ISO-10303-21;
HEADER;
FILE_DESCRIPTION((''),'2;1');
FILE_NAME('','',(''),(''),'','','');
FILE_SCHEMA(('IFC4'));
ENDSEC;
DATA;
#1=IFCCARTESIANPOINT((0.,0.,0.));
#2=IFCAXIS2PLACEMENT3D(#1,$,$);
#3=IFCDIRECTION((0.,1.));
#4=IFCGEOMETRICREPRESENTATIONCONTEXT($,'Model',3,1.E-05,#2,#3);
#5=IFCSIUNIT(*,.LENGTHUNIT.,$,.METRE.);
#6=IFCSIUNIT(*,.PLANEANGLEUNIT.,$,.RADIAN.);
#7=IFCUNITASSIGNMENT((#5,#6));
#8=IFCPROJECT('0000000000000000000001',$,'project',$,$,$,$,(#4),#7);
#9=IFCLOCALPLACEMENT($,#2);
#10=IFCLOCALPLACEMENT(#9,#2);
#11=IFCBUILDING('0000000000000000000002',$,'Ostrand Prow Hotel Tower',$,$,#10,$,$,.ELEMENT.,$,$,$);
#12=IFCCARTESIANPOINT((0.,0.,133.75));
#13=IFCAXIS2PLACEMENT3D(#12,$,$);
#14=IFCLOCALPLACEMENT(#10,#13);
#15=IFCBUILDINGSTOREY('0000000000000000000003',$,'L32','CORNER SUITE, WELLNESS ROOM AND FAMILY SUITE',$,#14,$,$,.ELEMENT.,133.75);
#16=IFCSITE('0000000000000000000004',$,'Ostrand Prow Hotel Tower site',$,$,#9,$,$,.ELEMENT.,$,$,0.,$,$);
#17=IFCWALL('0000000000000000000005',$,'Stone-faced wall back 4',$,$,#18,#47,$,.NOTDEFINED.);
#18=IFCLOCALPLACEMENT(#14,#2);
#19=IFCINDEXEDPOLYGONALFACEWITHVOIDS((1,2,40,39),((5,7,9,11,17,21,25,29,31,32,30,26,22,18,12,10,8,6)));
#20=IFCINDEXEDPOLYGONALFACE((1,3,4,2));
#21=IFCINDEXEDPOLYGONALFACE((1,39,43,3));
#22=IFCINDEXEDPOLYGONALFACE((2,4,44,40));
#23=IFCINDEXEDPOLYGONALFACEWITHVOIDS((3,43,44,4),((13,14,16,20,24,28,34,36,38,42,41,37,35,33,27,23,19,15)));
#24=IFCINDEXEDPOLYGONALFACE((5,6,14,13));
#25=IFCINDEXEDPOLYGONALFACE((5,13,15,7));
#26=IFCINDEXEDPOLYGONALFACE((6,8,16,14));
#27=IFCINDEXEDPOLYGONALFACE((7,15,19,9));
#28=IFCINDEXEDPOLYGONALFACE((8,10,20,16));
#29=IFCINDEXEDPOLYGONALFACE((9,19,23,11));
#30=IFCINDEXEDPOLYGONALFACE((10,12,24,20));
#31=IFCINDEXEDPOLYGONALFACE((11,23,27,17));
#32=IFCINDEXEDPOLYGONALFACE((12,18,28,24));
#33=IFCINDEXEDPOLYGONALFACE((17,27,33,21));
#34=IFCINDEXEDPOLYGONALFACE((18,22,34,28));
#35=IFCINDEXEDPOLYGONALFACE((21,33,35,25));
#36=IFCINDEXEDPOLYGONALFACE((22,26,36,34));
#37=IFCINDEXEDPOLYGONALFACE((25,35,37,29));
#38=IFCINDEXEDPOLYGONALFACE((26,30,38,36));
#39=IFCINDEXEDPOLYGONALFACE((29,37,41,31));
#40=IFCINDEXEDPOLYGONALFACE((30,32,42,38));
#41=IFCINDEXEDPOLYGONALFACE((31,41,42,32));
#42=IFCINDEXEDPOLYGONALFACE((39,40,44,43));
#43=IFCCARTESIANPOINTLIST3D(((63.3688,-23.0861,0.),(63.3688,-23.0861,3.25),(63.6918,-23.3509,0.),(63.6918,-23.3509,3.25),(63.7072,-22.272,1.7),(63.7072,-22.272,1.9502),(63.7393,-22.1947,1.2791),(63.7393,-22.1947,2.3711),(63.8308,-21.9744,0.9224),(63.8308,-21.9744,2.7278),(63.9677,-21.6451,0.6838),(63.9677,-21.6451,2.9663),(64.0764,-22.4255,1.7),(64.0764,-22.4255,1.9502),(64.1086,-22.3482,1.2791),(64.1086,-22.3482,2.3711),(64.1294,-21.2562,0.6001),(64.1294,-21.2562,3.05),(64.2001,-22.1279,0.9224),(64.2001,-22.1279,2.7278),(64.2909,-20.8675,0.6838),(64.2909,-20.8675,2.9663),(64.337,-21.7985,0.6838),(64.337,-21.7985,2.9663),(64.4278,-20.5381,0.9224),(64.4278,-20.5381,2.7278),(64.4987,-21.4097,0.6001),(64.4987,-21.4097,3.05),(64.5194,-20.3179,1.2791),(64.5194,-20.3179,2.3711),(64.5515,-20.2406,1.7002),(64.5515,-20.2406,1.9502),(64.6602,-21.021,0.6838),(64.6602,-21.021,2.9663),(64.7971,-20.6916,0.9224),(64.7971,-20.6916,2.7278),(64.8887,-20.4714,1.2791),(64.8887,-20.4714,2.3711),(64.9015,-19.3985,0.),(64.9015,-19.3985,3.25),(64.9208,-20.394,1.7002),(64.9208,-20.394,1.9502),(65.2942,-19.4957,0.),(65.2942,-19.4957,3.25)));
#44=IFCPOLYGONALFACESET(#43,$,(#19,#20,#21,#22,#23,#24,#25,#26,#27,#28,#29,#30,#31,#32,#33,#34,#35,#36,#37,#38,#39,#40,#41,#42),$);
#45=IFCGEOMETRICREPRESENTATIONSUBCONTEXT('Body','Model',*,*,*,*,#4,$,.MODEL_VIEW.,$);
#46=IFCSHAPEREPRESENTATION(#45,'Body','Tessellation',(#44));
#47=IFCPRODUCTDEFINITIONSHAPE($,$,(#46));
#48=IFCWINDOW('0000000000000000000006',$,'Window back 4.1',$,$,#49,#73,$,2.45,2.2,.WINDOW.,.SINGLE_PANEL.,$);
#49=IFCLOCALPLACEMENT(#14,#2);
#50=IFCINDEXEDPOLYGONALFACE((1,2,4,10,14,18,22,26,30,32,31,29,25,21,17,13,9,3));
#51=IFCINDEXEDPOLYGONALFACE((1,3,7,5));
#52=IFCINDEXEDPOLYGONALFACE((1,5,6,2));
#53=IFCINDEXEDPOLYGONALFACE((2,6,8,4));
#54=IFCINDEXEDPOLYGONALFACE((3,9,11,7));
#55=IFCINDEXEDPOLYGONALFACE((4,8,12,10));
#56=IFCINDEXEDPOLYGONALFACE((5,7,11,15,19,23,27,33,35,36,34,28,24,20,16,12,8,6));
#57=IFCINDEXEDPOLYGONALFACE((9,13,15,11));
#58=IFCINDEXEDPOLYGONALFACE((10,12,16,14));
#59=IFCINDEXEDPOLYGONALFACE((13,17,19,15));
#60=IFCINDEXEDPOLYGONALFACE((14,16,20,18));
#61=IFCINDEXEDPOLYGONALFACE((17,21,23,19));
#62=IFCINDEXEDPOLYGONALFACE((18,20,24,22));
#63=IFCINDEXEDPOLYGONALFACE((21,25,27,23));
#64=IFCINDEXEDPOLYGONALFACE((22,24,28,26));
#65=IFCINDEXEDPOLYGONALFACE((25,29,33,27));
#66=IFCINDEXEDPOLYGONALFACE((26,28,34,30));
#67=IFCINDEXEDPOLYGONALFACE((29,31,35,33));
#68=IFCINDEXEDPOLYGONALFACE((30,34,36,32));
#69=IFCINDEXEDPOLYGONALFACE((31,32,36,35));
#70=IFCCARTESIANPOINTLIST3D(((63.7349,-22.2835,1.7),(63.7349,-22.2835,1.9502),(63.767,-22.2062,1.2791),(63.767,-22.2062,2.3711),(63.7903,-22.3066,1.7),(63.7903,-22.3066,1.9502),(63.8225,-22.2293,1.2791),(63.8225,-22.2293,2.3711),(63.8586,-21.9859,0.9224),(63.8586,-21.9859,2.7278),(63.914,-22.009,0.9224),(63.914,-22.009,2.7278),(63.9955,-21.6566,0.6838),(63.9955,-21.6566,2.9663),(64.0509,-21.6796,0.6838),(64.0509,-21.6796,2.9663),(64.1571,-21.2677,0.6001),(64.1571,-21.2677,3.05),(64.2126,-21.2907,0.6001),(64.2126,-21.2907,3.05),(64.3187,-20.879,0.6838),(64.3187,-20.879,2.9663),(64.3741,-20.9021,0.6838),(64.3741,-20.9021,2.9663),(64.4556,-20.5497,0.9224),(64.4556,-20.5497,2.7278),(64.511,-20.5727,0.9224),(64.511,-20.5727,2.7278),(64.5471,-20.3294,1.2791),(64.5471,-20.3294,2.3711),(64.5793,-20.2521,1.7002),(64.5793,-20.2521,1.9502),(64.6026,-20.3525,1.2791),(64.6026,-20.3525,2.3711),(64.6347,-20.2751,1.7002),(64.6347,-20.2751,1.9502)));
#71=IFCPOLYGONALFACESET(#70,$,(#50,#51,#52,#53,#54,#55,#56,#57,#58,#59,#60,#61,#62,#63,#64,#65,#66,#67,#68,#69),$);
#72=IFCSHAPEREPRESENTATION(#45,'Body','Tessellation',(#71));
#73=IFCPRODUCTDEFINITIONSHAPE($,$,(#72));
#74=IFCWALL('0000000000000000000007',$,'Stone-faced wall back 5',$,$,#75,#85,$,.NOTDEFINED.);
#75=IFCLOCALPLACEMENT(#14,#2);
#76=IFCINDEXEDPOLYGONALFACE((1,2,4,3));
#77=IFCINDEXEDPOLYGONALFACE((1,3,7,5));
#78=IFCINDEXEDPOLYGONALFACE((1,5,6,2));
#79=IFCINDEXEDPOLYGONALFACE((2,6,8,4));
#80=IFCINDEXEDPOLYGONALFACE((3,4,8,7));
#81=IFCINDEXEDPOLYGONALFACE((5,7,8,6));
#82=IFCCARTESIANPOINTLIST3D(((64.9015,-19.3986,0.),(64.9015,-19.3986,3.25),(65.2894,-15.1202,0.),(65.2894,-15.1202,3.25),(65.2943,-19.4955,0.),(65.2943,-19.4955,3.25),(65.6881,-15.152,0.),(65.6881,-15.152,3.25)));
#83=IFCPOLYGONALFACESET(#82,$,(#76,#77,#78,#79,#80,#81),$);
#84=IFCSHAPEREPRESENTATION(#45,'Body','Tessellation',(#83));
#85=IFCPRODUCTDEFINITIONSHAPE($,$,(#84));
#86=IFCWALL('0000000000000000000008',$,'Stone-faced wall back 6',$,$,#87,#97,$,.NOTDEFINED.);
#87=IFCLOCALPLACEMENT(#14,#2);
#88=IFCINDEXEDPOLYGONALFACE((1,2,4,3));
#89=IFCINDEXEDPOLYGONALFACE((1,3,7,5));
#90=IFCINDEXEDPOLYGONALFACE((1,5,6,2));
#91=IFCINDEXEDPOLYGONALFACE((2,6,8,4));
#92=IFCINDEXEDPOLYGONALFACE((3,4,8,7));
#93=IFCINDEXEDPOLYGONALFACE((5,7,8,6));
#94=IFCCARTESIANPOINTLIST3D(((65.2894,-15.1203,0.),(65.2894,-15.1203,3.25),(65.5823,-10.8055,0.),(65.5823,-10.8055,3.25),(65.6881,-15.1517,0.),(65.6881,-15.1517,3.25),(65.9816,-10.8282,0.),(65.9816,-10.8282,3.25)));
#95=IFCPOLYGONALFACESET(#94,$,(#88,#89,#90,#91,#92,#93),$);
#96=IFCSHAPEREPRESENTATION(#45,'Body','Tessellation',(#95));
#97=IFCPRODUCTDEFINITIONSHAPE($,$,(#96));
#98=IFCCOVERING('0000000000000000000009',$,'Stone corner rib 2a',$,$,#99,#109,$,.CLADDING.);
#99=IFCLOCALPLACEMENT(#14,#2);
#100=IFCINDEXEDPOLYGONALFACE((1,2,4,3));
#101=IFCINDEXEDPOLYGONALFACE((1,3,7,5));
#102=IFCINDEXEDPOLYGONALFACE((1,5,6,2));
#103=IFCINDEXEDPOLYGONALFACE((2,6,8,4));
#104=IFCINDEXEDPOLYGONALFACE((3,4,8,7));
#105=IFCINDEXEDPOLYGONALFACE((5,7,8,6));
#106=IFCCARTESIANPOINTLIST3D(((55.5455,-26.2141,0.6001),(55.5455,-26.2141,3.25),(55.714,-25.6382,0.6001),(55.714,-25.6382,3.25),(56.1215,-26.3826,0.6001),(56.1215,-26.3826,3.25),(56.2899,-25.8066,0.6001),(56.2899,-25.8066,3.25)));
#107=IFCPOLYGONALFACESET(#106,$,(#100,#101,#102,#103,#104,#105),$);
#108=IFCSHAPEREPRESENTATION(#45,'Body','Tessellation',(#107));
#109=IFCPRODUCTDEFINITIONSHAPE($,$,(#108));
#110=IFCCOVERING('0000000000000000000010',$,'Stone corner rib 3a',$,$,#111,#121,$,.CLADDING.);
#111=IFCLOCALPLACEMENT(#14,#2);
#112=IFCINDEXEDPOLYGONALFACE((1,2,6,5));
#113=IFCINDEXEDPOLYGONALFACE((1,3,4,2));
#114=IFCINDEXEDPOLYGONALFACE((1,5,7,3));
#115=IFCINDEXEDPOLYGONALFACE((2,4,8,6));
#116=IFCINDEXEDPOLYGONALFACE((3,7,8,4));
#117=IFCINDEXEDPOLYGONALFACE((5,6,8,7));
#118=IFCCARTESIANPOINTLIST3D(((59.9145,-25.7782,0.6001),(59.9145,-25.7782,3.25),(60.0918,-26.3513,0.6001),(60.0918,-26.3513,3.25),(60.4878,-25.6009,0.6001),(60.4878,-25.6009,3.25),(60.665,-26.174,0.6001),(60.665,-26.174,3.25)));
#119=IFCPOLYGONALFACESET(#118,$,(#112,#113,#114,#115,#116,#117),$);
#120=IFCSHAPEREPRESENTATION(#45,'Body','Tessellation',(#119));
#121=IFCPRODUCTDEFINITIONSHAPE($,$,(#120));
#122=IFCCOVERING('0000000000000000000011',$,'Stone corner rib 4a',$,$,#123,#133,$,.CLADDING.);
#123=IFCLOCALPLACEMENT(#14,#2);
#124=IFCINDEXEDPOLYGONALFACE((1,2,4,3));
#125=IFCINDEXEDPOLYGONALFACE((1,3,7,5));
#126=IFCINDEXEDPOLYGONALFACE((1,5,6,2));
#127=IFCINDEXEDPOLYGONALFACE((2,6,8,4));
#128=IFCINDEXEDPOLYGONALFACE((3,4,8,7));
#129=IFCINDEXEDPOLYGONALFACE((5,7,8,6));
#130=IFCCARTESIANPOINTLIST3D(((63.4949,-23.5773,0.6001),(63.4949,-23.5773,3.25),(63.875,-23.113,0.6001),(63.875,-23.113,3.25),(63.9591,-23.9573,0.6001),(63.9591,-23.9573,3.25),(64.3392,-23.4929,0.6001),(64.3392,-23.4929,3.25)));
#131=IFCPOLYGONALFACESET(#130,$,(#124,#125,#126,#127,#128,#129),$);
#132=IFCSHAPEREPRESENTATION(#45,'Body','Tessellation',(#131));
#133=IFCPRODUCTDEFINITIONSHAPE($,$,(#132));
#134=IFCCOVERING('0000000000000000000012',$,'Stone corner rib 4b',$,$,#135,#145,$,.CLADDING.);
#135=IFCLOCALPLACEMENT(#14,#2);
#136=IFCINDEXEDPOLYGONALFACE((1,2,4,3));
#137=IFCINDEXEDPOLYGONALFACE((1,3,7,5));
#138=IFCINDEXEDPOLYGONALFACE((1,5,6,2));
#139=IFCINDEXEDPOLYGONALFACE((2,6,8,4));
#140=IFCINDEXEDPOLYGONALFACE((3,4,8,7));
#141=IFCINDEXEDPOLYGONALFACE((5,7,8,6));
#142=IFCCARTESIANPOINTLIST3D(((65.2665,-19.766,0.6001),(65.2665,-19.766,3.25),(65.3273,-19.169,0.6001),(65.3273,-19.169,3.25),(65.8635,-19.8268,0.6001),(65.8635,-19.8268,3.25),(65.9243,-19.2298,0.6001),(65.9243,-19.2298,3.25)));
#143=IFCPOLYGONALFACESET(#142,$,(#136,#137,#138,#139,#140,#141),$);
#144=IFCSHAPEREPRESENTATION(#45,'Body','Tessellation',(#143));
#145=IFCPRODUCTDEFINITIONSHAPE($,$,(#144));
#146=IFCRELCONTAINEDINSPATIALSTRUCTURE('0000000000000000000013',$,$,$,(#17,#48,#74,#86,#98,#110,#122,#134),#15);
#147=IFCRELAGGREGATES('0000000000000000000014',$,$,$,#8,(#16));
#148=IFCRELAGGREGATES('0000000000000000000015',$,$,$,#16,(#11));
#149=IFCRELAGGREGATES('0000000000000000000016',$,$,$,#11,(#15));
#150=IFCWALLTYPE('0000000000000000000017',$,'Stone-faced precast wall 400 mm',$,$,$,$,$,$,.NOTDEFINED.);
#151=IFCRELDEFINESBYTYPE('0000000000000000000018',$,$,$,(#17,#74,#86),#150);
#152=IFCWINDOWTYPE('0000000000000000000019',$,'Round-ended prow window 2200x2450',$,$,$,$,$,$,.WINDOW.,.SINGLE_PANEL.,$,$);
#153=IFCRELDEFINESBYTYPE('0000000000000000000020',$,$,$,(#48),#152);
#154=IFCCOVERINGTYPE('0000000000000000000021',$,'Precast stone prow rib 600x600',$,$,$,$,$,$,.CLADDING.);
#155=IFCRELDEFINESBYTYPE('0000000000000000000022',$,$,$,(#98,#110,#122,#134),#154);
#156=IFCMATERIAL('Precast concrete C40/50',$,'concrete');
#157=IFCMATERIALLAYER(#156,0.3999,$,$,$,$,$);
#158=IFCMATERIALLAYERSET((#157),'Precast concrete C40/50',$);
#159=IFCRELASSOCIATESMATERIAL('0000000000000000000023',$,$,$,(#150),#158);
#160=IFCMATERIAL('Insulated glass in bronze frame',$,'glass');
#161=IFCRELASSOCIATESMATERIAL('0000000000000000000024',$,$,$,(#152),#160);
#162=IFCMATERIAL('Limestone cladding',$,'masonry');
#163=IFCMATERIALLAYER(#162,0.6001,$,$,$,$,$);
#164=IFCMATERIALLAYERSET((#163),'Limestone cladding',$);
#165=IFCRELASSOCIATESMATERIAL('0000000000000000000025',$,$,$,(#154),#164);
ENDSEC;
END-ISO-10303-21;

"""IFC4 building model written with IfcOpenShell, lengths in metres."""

from ifc_helpers import new_model, si_unit, direction, frame, frame_2d, origin, place, context, subcontext, project, spatial, polyline, rectangle, outline, extrude, material, layer, layer_set, type_object, element, fill, save


model = new_model("IFC4")

# Units and contexts
model_context = context("Model", 3, precision=1e-05, world=origin(), true_north=direction((0.0, 1.0)))
body_context = subcontext(model_context, "Body", "Model", "MODEL_VIEW")
ifc_project = project(units=[si_unit("LENGTHUNIT", "METRE"), si_unit("PLANEANGLEUNIT", "RADIAN")], contexts=[model_context])

# Site, building, storey
site_placement = place(None, origin())
site = spatial("IfcSite", under=ifc_project, at=site_placement, Name="Ostrand Prow Hotel Tower site", CompositionType="ELEMENT", RefElevation=0.0)
building_placement = place(site_placement, origin())
building = spatial("IfcBuilding", under=site, at=building_placement, Name="Ostrand Prow Hotel Tower", CompositionType="ELEMENT")
storey_placement = place(building_placement, frame((0.0, 0.0, 133.75)))
storey = spatial("IfcBuildingStorey", under=building, at=storey_placement, Name="L32", Description="CORNER SUITE, WELLNESS ROOM AND FAMILY SUITE", CompositionType="ELEMENT", Elevation=133.75)

# Wall, opening, window
ifc_material_1 = material(Name="Precast concrete C40/50", Category="concrete")
ifc_layer_1 = layer(ifc_material_1, 0.3999)
ifc_layer_set_1 = layer_set([ifc_layer_1], Name="Precast concrete C40/50")
wall_type_1 = type_object("IfcWallType", Name="Stone-faced precast wall 400 mm", PredefinedType="NOTDEFINED", material=ifc_layer_set_1)
ifc_material_2 = material(Name="Insulated glass in bronze frame", Category="glass")
window_type = type_object("IfcWindowType", Name="Round-ended prow window 2200x2450", PartitioningType="SINGLE_PANEL", PredefinedType="WINDOW", material=ifc_material_2)
wall_1_placement = place(storey_placement, frame((63.5303, -23.2185, 0.0), z_axis=(0.0, 0.0, 1.0), x_axis=(0.383817, 0.923409, 0.0)))
wall_1 = element("IfcWall", 1, at=wall_1_placement, inside=storey, type_object=wall_type_1, Name="Stone-faced wall back 4", PredefinedType="NOTDEFINED", context=body_context, shape_type="SweptSolid", body=[
    extrude(outline(polyline([(-0.0603, -0.2), (4.1147, -0.2), (4.0537, 0.2), (0.0603, 0.2), (-0.0603, -0.2)])), origin(), (0.0, 0.0, 1.0), 3.25),
])
opening_1_placement = place(wall_1_placement, frame((0.9419, 0.0, 0.6001)))
opening_1 = element("IfcOpeningElement", 2, at=opening_1_placement, cuts=wall_1, PredefinedType="OPENING", context=body_context, shape_type="SweptSolid", body=[
    extrude(outline(polyline([(0.0, 1.3501), (0.0837, 1.771), (0.3223, 2.1277), (0.679, 2.3662), (1.1001, 2.45), (1.521, 2.3662), (1.8777, 2.1277), (2.1162, 1.771), (2.2, 1.3501), (2.2, 1.1001), (2.1162, 0.679), (1.8777, 0.3223), (1.521, 0.0837), (1.1001, 0.0), (0.679, 0.0837), (0.3223, 0.3223), (0.0837, 0.679), (0.0, 1.0999), (0.0, 1.3501)])), frame((0.0, 0.21, 0.0), z_axis=(0.0, -1.0, 0.0), x_axis=(1.0, 0.0, 0.0)), (0.0, 0.0, 1.0), 0.4199),
])
window_1_placement = place(opening_1_placement, origin())
window_1 = element("IfcWindow", 3, at=window_1_placement, inside=storey, type_object=window_type, Name="Window back 4.1", OverallHeight=2.45, OverallWidth=2.2, PartitioningType="SINGLE_PANEL", PredefinedType="WINDOW", context=body_context, shape_type="SweptSolid", body=[
    extrude(outline(polyline([(0.0, 1.3501), (0.0837, 1.771), (0.3223, 2.1277), (0.679, 2.3662), (1.1001, 2.45), (1.521, 2.3662), (1.8777, 2.1277), (2.1162, 1.771), (2.2, 1.3501), (2.2, 1.1001), (2.1162, 0.679), (1.8777, 0.3223), (1.521, 0.0837), (1.1001, 0.0), (0.679, 0.0837), (0.3223, 0.3223), (0.0837, 0.679), (0.0, 1.0999), (0.0, 1.3501)])), frame((0.0, 0.1699, 0.0), z_axis=(0.0, -1.0, 0.0), x_axis=(1.0, 0.0, 0.0)), (0.0, 0.0, 1.0), 0.0601),
])
fill(opening_1, window_1)

# Walls
wall_2_placement = place(storey_placement, frame((65.0979, -19.447, 0.0), z_axis=(0.0, 0.0, 1.0), x_axis=(0.090297, 0.995915, 0.0)))
element("IfcWall", 4, at=wall_2_placement, inside=storey, type_object=wall_type_1, Name="Stone-faced wall back 5", PredefinedType="NOTDEFINED", context=body_context, shape_type="SweptSolid", body=[
    extrude(outline(polyline([(-0.0305, -0.2), (4.3308, -0.2), (4.3264, 0.2), (0.0305, 0.2), (-0.0305, -0.2)])), origin(), (0.0, 0.0, 1.0), 3.25),
])
wall_3_placement = place(storey_placement, frame((65.4888, -15.136, 0.0), z_axis=(0.0, 0.0, 1.0), x_axis=(0.067732, 0.997704, 0.0)))
element("IfcWall", 5, at=wall_3_placement, inside=storey, type_object=wall_type_1, Name="Stone-faced wall back 6", PredefinedType="NOTDEFINED", context=body_context, shape_type="SweptSolid", body=[
    extrude(outline(polyline([(-0.0022, -0.2), (4.3313, -0.2), (4.3269, 0.2), (0.0022, 0.2), (-0.0022, -0.2)])), origin(), (0.0, 0.0, 1.0), 3.25),
])

# Coverings
ifc_material_3 = material(Name="Limestone cladding", Category="masonry")
ifc_layer_2 = layer(ifc_material_3, 0.6001)
ifc_layer_set_2 = layer_set([ifc_layer_2], Name="Limestone cladding")
covering_type = type_object("IfcCoveringType", Name="Precast stone prow rib 600x600", PredefinedType="CLADDING", material=ifc_layer_set_2)
covering_1_placement = place(storey_placement, frame((56.002, -25.7224, 0.6001), z_axis=(0.0, 0.0, 1.0), x_axis=(-0.280734, -0.959786, 0.0)))
element("IfcCovering", 6, at=covering_1_placement, inside=storey, type_object=covering_type, Name="Stone corner rib 2a", PredefinedType="CLADDING", context=body_context, shape_type="SweptSolid", body=[
    extrude(rectangle(XDim=0.6001, YDim=0.6001, at=frame_2d((0.3, 0.0))), origin(), (0.0, 0.0, 1.0), 2.6499),
])
for number, where, z_axis, x_axis, name in (
    (7, (60.2012, -25.6897, 0.6001), (0.0, 0.0, 1.0), (0.295516, -0.955338, 0.0), "Stone corner rib 3a"),
    (8, (63.6851, -23.3452, 0.6001), (0.0, 0.0, 1.0), (0.77383, -0.633393, 0.0), "Stone corner rib 4a"),
):
    element("IfcCovering", number, at=place(storey_placement, frame(where, z_axis=z_axis, x_axis=x_axis)), inside=storey, type_object=covering_type, Name=name, PredefinedType="CLADDING", context=body_context, shape_type="SweptSolid", body=[
        extrude(rectangle(XDim=0.5999, YDim=0.6001, at=frame_2d((0.2998, 0.0))), origin(), (0.0, 0.0, 1.0), 2.6499),
    ])
covering_2_placement = place(storey_placement, frame((65.2969, -19.4675, 0.6001), z_axis=(0.0, 0.0, 1.0), x_axis=(0.994854, -0.101316, 0.0)))
element("IfcCovering", 9, at=covering_2_placement, inside=storey, type_object=covering_type, Name="Stone corner rib 4b", PredefinedType="CLADDING", context=body_context, shape_type="SweptSolid", body=[
    extrude(rectangle(XDim=0.6001, YDim=0.6001, at=frame_2d((0.3, 0.0))), origin(), (0.0, 0.0, 1.0), 2.6499),
])

save(model, "model.ifc")
